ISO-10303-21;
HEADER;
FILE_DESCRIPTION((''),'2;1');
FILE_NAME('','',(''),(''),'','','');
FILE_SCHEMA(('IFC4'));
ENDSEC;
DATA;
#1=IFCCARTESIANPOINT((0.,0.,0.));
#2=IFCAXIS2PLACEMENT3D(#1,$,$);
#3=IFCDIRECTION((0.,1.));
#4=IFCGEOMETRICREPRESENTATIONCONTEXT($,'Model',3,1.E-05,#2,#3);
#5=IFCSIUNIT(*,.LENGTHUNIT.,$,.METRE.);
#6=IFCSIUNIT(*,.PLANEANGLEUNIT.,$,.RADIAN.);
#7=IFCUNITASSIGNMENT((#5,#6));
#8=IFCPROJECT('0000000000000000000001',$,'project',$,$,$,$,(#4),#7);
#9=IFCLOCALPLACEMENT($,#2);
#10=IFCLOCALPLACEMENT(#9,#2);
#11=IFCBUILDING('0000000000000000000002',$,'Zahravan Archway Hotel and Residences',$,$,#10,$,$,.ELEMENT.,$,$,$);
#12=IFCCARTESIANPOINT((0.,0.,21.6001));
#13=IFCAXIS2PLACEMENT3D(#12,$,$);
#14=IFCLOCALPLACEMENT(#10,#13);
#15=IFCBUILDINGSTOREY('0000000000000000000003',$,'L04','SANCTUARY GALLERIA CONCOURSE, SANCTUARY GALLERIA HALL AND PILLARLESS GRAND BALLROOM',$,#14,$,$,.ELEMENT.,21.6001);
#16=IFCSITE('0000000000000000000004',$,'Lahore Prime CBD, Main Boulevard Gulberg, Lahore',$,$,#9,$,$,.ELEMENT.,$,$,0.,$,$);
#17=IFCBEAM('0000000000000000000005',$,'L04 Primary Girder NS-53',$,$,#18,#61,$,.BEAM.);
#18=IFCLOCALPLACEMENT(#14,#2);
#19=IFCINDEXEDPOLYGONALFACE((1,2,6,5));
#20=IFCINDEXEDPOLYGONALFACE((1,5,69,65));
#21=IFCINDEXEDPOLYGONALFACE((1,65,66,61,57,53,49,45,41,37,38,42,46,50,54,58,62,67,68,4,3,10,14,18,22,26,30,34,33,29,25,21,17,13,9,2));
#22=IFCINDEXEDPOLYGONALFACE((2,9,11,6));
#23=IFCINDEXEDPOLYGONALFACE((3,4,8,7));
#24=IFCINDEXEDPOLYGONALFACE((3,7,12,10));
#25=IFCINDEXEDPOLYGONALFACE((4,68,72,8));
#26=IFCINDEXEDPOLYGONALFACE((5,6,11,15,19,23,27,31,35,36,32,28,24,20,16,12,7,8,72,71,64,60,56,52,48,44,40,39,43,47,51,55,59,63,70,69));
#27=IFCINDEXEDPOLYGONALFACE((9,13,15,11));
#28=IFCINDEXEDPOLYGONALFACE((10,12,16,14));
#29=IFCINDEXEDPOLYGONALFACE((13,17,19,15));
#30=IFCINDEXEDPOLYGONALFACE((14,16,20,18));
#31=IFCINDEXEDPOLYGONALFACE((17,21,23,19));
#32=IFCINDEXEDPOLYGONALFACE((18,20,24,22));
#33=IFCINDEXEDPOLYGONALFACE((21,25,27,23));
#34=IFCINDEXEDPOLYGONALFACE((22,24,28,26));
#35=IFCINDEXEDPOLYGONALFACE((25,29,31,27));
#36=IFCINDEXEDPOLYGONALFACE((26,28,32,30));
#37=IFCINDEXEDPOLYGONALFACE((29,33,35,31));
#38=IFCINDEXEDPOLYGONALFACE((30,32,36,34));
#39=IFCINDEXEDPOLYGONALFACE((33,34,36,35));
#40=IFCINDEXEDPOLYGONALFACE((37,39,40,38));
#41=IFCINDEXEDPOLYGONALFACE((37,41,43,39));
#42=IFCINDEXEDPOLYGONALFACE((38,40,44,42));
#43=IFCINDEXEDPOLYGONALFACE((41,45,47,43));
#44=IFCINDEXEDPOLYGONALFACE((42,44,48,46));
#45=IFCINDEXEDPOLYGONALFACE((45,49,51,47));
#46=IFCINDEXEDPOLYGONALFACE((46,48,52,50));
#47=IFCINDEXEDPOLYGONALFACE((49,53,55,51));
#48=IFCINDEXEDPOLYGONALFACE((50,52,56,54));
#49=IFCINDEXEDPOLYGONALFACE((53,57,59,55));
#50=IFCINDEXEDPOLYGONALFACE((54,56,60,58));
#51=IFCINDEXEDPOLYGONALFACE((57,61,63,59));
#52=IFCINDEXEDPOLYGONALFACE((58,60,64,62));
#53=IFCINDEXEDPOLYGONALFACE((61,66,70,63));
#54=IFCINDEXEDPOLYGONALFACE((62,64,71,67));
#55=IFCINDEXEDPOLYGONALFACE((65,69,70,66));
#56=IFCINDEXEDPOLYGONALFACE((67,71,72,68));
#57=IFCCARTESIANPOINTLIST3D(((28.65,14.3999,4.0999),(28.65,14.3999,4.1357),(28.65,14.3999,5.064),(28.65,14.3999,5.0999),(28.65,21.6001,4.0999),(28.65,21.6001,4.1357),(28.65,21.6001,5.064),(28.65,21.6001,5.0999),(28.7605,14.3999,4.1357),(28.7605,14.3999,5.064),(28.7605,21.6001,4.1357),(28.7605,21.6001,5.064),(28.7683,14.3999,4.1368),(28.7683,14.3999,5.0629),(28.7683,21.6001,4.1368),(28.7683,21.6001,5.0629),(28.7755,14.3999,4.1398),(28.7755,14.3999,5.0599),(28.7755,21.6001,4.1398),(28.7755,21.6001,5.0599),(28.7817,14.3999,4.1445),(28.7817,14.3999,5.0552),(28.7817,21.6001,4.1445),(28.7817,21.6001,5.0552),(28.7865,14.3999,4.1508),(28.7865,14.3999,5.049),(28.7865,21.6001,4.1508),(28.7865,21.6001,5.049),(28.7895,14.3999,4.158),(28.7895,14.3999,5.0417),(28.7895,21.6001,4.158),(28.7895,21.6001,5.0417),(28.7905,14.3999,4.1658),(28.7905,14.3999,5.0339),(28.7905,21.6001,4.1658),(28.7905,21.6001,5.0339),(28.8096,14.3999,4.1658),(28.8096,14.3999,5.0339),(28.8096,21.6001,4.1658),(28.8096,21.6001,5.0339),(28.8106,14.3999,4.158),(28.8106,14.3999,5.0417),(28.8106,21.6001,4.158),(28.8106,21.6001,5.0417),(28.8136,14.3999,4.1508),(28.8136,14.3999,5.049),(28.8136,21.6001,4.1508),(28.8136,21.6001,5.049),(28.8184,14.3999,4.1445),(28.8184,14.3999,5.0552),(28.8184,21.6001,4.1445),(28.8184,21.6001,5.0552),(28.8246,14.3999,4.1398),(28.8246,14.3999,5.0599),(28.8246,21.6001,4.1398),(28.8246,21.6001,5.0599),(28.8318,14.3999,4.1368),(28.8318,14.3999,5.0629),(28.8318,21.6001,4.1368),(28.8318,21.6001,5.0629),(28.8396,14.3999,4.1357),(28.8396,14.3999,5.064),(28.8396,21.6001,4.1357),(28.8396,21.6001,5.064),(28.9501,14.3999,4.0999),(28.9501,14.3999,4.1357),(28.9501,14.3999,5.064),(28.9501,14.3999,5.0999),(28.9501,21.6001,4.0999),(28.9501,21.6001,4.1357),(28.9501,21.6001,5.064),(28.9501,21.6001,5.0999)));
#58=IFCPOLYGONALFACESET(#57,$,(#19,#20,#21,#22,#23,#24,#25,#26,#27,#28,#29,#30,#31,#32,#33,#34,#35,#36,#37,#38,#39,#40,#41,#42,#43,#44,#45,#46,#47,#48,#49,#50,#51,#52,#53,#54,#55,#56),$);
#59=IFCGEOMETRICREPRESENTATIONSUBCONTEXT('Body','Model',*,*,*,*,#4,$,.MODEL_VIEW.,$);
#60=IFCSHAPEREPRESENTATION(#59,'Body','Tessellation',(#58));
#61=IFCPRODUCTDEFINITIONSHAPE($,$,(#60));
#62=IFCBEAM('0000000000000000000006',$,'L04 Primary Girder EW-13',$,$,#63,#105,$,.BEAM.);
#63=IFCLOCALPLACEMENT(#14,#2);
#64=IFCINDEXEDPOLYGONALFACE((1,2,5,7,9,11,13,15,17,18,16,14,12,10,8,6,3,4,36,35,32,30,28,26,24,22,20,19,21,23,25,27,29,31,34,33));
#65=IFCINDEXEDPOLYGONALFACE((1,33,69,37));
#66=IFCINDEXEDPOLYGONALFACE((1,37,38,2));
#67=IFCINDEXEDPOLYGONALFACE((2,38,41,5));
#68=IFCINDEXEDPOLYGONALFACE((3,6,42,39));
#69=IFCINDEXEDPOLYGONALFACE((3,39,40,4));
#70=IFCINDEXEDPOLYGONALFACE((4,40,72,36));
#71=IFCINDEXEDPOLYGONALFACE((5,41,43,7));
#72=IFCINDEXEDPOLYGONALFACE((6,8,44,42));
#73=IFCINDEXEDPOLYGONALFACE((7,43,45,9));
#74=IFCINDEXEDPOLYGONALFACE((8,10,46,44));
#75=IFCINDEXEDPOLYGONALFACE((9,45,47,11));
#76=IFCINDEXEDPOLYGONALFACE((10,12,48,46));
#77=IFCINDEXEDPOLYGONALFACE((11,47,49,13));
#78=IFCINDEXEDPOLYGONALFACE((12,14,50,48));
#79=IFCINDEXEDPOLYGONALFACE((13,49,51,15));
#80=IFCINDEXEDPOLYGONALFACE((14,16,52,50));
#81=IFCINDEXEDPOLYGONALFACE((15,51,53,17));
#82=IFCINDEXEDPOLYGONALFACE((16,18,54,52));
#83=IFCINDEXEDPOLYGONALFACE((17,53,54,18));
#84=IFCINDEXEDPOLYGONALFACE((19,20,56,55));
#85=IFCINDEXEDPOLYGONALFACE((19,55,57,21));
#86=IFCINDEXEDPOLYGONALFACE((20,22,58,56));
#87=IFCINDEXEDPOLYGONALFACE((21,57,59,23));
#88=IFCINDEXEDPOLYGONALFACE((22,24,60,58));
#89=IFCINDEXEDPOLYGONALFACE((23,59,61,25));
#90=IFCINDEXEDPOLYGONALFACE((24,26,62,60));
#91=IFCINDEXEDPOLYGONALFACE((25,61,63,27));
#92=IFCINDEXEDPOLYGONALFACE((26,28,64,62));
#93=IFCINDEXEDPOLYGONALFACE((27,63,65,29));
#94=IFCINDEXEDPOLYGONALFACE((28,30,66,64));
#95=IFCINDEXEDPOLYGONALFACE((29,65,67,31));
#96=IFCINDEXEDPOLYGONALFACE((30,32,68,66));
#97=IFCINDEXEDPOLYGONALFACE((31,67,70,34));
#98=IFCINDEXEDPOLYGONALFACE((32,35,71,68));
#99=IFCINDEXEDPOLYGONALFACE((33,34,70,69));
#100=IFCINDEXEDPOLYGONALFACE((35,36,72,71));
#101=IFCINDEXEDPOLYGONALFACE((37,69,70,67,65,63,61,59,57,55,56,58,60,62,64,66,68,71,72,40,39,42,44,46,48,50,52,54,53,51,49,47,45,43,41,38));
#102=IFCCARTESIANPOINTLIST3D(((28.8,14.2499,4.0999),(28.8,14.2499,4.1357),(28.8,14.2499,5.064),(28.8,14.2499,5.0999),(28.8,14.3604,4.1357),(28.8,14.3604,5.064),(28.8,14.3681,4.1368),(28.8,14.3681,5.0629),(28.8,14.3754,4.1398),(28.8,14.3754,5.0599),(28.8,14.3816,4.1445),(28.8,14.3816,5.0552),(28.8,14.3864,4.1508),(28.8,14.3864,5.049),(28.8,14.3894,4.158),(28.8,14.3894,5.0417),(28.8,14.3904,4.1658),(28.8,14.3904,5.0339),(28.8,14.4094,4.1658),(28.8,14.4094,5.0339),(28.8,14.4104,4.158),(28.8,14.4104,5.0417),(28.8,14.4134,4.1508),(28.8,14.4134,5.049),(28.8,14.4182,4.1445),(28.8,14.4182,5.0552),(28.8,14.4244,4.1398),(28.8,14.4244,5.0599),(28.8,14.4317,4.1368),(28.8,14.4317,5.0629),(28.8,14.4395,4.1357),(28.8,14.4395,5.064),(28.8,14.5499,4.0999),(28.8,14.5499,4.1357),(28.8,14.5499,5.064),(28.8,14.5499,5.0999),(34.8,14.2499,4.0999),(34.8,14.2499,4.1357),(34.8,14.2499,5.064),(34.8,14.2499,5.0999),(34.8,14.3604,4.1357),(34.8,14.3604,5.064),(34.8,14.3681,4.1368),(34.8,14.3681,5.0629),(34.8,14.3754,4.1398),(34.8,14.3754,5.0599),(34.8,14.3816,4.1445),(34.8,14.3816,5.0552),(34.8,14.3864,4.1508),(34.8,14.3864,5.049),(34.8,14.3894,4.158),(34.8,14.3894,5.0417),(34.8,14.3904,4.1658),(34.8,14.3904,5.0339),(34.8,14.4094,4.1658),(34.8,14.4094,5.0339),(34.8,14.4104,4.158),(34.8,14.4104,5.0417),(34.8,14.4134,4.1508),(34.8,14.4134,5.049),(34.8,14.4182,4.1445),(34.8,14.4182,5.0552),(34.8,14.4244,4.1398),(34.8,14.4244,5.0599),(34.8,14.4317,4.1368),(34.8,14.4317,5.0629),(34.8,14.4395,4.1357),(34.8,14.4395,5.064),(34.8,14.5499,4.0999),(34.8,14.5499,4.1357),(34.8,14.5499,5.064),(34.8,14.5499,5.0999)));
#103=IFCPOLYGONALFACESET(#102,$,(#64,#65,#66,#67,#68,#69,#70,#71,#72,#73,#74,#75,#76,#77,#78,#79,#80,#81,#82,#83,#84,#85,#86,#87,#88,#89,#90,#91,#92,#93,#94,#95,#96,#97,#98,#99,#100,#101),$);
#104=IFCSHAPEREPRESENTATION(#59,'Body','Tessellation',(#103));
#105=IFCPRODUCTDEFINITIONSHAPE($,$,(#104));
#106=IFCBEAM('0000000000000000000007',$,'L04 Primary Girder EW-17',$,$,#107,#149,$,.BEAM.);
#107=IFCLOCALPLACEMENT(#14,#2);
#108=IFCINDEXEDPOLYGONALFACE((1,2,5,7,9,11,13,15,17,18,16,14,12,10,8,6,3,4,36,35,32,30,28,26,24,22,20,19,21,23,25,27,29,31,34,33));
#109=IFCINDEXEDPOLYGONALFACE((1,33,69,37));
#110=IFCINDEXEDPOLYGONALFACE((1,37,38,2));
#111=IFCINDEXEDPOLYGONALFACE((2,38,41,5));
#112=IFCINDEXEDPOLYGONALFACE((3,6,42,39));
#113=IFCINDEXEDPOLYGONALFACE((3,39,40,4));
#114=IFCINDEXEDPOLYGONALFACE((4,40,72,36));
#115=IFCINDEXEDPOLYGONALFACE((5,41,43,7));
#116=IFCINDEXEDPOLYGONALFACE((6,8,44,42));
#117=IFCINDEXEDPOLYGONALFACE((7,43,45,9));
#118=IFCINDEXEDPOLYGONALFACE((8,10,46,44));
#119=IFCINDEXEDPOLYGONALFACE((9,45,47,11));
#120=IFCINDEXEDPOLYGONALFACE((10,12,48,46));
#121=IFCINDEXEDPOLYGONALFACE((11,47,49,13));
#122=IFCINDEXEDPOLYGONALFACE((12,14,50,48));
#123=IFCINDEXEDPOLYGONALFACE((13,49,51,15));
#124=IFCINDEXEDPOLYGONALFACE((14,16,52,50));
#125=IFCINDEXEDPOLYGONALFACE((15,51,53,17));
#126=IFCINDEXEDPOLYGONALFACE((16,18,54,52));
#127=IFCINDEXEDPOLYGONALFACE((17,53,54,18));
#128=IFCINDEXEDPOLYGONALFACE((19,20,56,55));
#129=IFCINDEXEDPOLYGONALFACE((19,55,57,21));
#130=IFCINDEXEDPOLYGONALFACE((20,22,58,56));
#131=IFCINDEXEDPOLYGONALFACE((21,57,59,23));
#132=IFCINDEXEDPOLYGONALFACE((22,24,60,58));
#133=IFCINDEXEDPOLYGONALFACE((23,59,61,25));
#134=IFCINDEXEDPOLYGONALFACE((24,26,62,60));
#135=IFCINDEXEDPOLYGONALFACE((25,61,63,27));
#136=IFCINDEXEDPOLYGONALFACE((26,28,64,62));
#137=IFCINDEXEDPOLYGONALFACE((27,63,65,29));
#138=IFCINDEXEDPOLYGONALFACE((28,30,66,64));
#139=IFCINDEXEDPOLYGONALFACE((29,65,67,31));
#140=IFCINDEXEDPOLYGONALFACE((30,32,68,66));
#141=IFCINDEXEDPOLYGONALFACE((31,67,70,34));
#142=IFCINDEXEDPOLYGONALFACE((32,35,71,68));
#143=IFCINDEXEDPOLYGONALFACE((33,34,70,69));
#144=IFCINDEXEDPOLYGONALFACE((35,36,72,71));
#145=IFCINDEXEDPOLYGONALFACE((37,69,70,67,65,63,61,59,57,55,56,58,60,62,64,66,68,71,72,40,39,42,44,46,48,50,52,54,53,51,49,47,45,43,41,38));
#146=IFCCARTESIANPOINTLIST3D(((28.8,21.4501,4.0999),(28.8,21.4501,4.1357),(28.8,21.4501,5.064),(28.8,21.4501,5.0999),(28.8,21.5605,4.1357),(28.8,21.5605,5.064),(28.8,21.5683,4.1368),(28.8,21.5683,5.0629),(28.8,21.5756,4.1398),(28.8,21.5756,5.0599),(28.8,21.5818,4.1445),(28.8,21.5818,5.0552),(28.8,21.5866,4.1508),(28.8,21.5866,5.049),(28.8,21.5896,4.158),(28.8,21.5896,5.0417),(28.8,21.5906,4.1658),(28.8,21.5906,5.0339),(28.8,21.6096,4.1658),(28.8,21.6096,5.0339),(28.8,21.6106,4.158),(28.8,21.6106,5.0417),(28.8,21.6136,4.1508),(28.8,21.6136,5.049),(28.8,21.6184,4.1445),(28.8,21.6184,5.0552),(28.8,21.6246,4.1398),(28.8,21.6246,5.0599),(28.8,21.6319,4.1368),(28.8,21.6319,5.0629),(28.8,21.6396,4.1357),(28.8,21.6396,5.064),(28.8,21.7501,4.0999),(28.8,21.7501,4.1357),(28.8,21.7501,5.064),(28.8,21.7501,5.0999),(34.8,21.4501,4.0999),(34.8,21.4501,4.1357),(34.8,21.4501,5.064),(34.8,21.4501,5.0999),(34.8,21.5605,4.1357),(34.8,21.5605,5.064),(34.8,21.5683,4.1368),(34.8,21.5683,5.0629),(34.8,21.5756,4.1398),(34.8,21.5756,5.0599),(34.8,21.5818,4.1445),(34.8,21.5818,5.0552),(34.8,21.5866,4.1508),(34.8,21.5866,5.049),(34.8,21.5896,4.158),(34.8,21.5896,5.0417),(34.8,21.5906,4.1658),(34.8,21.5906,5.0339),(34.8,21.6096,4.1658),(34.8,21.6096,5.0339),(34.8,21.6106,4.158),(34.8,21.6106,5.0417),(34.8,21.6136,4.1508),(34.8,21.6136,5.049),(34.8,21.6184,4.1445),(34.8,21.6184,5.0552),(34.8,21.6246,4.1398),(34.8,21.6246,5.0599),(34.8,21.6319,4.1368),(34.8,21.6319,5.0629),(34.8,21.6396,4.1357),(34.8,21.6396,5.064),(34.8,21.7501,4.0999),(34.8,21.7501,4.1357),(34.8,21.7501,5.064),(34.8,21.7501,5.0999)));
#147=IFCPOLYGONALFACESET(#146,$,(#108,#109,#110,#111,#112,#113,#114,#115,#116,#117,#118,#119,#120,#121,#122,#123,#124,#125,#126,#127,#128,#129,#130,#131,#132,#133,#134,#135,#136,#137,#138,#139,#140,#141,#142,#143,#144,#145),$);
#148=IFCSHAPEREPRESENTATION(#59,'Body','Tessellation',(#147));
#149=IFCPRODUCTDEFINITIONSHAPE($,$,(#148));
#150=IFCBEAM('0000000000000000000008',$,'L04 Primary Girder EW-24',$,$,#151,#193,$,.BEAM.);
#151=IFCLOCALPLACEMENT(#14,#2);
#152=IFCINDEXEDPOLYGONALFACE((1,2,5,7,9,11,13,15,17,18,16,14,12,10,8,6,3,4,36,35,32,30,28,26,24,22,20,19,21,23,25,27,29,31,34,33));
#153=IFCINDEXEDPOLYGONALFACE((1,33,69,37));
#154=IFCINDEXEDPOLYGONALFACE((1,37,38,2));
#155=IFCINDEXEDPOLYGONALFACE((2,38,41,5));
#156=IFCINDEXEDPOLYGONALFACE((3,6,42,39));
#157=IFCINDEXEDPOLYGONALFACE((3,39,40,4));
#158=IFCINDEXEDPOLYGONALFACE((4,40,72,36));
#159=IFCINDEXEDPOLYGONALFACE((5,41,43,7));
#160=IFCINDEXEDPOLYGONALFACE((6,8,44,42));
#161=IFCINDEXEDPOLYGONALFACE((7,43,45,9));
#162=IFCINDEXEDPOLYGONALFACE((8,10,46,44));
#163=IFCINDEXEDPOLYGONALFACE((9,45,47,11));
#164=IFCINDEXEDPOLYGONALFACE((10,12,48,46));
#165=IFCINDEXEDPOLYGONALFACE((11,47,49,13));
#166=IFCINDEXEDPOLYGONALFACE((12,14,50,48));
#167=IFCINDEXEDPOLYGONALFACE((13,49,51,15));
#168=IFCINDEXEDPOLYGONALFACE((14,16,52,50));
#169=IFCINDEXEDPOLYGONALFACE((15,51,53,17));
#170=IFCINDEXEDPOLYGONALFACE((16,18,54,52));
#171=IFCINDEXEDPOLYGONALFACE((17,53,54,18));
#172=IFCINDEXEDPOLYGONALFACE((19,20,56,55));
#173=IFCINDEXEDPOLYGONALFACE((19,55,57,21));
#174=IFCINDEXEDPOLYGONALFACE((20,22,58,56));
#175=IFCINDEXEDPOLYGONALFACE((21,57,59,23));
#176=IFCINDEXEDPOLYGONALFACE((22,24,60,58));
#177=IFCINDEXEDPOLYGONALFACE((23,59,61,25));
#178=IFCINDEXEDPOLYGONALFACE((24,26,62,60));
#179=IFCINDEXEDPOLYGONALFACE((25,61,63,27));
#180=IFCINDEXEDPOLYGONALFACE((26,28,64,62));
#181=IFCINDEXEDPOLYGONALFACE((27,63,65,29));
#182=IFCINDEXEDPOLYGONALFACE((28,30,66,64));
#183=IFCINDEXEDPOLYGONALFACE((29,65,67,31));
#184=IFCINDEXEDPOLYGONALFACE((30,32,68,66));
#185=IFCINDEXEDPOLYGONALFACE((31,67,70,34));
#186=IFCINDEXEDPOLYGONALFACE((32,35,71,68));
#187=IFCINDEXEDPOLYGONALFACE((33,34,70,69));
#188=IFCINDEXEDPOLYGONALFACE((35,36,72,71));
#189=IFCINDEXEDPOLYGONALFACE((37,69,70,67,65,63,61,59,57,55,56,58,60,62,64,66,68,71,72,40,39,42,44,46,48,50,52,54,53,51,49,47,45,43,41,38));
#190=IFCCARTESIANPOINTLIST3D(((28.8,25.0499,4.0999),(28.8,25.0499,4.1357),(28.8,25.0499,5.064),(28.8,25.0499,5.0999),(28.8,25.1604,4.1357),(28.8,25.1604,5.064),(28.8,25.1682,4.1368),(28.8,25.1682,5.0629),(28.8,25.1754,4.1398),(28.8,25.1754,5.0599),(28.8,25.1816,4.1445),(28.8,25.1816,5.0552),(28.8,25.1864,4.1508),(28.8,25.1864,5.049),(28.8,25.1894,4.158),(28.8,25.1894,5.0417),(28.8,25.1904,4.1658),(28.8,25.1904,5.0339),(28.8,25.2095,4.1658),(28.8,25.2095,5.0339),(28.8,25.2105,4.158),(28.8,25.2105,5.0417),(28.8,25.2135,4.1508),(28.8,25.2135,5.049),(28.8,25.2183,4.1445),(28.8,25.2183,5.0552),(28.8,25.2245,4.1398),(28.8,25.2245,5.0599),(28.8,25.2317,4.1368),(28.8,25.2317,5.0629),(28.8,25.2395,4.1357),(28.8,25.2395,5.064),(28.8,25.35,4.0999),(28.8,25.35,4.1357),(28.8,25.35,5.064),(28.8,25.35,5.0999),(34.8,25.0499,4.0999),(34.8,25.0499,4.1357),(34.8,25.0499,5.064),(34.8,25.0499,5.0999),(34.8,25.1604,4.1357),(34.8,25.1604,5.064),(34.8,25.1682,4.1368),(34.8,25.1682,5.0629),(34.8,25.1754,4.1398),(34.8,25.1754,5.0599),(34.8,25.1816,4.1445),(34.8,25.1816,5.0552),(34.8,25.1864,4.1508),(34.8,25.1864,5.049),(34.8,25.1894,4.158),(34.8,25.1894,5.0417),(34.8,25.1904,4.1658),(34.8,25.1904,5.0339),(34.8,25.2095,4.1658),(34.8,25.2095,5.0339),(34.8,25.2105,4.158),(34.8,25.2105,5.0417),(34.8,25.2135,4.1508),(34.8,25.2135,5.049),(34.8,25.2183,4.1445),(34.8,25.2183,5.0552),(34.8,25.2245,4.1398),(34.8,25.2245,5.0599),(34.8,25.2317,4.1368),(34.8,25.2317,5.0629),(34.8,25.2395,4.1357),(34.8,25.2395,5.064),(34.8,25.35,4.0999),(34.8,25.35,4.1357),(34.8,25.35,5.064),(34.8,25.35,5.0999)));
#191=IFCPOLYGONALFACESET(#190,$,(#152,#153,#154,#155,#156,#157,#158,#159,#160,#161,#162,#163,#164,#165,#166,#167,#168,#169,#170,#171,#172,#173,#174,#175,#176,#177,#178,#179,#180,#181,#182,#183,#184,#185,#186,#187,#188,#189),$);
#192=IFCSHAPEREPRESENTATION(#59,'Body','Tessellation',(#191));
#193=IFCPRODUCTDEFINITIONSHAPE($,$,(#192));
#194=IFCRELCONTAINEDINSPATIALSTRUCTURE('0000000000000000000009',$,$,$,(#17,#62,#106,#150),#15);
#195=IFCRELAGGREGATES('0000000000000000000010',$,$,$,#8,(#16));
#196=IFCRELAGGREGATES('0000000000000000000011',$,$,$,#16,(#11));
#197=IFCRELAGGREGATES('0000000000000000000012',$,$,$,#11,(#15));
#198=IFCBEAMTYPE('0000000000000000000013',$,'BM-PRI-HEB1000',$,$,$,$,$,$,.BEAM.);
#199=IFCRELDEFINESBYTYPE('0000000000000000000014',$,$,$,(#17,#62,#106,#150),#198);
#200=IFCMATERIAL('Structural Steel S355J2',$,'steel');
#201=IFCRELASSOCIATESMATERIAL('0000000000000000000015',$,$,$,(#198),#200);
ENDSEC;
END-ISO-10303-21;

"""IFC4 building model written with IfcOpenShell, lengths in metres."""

from ifc_helpers import new_model, si_unit, direction, frame, origin, origin_2d, place, context, subcontext, project, spatial, i_section, extrude, source, transform, mapped, material, material_profile, profile_set, type_object, element, save


model = new_model("IFC4")

# Units and contexts
model_context = context("Model", 3, precision=1e-05, world=origin(), true_north=direction((0.0, 1.0)))
body_context = subcontext(model_context, "Body", "Model", "MODEL_VIEW")
ifc_project = project(units=[si_unit("LENGTHUNIT", "METRE"), si_unit("PLANEANGLEUNIT", "RADIAN")], contexts=[model_context])

# Site, building, storey
site_placement = place(None, origin())
site = spatial("IfcSite", under=ifc_project, at=site_placement, Name="Lahore Prime CBD, Main Boulevard Gulberg, Lahore", CompositionType="ELEMENT", RefElevation=0.0)
building_placement = place(site_placement, origin())
building = spatial("IfcBuilding", under=site, at=building_placement, Name="Zahravan Archway Hotel and Residences", CompositionType="ELEMENT")
storey_placement = place(building_placement, frame((0.0, 0.0, 21.6001)))
storey = spatial("IfcBuildingStorey", under=building, at=storey_placement, Name="L04", Description="SANCTUARY GALLERIA CONCOURSE, SANCTUARY GALLERIA HALL AND PILLARLESS GRAND BALLROOM", CompositionType="ELEMENT", Elevation=21.6001)

# Beams
ifc_material_1 = material(Name="Structural Steel S355J2", Category="steel")
ifc_material_profile_1 = material_profile(ifc_material_1, i_section(OverallWidth=0.3, OverallDepth=1.0, WebThickness=0.019, FlangeThickness=0.0359, FilletRadius=0.03, at=origin_2d()), Name="HEB 1000", Category="steel")
ifc_profile_set_1 = profile_set([ifc_material_profile_1], Name="Structural Steel S355J2")
beam_type_1 = type_object("IfcBeamType", Name="BM-PRI-HEB1000", PredefinedType="BEAM", material=ifc_profile_set_1)
shared_shape_1 = source(origin(), body_context, "Body", "SweptSolid", [
    extrude(i_section(OverallWidth=0.3, OverallDepth=1.0, WebThickness=0.019, FlangeThickness=0.0359, FilletRadius=0.03, at=origin_2d()), origin(), (0.0, 0.0, 1.0), 7.2002),
])
for number, where, z_axis, x_axis, name in (
    (1, (28.8, 14.3999, 4.5999), (0.0, 1.0, 0.0), (-1.0, 0.0, 0.0), "L04 Primary Girder NS-53"),
):
    element("IfcBeam", number, at=place(storey_placement, frame(where, z_axis=z_axis, x_axis=x_axis)), inside=storey, type_object=beam_type_1, Name=name, PredefinedType="BEAM", context=body_context, shape_type="MappedRepresentation", body=[
        mapped(shared_shape_1, transform((0.0, 0.0, 0.0), scale=1.0)),
    ])
shared_shape_2 = source(origin(), body_context, "Body", "SweptSolid", [
    extrude(i_section(OverallWidth=0.3, OverallDepth=1.0, WebThickness=0.019, FlangeThickness=0.0359, FilletRadius=0.03, at=origin_2d()), origin(), (0.0, 0.0, 1.0), 6.0),
])
for number, where, z_axis, x_axis, name in (
    (2, (28.8, 14.3999, 4.5999), (1.0, 0.0, 0.0), (0.0, 1.0, 0.0), "L04 Primary Girder EW-13"),
    (3, (28.8, 21.6001, 4.5999), (1.0, 0.0, 0.0), (0.0, 1.0, 0.0), "L04 Primary Girder EW-17"),
    (4, (28.8, 25.2, 4.5999), (1.0, 0.0, 0.0), (0.0, 1.0, 0.0), "L04 Primary Girder EW-24"),
):
    element("IfcBeam", number, at=place(storey_placement, frame(where, z_axis=z_axis, x_axis=x_axis)), inside=storey, type_object=beam_type_1, Name=name, PredefinedType="BEAM", context=body_context, shape_type="MappedRepresentation", body=[
        mapped(shared_shape_2, transform((0.0, 0.0, 0.0), scale=1.0)),
    ])

save(model, "model.ifc")
